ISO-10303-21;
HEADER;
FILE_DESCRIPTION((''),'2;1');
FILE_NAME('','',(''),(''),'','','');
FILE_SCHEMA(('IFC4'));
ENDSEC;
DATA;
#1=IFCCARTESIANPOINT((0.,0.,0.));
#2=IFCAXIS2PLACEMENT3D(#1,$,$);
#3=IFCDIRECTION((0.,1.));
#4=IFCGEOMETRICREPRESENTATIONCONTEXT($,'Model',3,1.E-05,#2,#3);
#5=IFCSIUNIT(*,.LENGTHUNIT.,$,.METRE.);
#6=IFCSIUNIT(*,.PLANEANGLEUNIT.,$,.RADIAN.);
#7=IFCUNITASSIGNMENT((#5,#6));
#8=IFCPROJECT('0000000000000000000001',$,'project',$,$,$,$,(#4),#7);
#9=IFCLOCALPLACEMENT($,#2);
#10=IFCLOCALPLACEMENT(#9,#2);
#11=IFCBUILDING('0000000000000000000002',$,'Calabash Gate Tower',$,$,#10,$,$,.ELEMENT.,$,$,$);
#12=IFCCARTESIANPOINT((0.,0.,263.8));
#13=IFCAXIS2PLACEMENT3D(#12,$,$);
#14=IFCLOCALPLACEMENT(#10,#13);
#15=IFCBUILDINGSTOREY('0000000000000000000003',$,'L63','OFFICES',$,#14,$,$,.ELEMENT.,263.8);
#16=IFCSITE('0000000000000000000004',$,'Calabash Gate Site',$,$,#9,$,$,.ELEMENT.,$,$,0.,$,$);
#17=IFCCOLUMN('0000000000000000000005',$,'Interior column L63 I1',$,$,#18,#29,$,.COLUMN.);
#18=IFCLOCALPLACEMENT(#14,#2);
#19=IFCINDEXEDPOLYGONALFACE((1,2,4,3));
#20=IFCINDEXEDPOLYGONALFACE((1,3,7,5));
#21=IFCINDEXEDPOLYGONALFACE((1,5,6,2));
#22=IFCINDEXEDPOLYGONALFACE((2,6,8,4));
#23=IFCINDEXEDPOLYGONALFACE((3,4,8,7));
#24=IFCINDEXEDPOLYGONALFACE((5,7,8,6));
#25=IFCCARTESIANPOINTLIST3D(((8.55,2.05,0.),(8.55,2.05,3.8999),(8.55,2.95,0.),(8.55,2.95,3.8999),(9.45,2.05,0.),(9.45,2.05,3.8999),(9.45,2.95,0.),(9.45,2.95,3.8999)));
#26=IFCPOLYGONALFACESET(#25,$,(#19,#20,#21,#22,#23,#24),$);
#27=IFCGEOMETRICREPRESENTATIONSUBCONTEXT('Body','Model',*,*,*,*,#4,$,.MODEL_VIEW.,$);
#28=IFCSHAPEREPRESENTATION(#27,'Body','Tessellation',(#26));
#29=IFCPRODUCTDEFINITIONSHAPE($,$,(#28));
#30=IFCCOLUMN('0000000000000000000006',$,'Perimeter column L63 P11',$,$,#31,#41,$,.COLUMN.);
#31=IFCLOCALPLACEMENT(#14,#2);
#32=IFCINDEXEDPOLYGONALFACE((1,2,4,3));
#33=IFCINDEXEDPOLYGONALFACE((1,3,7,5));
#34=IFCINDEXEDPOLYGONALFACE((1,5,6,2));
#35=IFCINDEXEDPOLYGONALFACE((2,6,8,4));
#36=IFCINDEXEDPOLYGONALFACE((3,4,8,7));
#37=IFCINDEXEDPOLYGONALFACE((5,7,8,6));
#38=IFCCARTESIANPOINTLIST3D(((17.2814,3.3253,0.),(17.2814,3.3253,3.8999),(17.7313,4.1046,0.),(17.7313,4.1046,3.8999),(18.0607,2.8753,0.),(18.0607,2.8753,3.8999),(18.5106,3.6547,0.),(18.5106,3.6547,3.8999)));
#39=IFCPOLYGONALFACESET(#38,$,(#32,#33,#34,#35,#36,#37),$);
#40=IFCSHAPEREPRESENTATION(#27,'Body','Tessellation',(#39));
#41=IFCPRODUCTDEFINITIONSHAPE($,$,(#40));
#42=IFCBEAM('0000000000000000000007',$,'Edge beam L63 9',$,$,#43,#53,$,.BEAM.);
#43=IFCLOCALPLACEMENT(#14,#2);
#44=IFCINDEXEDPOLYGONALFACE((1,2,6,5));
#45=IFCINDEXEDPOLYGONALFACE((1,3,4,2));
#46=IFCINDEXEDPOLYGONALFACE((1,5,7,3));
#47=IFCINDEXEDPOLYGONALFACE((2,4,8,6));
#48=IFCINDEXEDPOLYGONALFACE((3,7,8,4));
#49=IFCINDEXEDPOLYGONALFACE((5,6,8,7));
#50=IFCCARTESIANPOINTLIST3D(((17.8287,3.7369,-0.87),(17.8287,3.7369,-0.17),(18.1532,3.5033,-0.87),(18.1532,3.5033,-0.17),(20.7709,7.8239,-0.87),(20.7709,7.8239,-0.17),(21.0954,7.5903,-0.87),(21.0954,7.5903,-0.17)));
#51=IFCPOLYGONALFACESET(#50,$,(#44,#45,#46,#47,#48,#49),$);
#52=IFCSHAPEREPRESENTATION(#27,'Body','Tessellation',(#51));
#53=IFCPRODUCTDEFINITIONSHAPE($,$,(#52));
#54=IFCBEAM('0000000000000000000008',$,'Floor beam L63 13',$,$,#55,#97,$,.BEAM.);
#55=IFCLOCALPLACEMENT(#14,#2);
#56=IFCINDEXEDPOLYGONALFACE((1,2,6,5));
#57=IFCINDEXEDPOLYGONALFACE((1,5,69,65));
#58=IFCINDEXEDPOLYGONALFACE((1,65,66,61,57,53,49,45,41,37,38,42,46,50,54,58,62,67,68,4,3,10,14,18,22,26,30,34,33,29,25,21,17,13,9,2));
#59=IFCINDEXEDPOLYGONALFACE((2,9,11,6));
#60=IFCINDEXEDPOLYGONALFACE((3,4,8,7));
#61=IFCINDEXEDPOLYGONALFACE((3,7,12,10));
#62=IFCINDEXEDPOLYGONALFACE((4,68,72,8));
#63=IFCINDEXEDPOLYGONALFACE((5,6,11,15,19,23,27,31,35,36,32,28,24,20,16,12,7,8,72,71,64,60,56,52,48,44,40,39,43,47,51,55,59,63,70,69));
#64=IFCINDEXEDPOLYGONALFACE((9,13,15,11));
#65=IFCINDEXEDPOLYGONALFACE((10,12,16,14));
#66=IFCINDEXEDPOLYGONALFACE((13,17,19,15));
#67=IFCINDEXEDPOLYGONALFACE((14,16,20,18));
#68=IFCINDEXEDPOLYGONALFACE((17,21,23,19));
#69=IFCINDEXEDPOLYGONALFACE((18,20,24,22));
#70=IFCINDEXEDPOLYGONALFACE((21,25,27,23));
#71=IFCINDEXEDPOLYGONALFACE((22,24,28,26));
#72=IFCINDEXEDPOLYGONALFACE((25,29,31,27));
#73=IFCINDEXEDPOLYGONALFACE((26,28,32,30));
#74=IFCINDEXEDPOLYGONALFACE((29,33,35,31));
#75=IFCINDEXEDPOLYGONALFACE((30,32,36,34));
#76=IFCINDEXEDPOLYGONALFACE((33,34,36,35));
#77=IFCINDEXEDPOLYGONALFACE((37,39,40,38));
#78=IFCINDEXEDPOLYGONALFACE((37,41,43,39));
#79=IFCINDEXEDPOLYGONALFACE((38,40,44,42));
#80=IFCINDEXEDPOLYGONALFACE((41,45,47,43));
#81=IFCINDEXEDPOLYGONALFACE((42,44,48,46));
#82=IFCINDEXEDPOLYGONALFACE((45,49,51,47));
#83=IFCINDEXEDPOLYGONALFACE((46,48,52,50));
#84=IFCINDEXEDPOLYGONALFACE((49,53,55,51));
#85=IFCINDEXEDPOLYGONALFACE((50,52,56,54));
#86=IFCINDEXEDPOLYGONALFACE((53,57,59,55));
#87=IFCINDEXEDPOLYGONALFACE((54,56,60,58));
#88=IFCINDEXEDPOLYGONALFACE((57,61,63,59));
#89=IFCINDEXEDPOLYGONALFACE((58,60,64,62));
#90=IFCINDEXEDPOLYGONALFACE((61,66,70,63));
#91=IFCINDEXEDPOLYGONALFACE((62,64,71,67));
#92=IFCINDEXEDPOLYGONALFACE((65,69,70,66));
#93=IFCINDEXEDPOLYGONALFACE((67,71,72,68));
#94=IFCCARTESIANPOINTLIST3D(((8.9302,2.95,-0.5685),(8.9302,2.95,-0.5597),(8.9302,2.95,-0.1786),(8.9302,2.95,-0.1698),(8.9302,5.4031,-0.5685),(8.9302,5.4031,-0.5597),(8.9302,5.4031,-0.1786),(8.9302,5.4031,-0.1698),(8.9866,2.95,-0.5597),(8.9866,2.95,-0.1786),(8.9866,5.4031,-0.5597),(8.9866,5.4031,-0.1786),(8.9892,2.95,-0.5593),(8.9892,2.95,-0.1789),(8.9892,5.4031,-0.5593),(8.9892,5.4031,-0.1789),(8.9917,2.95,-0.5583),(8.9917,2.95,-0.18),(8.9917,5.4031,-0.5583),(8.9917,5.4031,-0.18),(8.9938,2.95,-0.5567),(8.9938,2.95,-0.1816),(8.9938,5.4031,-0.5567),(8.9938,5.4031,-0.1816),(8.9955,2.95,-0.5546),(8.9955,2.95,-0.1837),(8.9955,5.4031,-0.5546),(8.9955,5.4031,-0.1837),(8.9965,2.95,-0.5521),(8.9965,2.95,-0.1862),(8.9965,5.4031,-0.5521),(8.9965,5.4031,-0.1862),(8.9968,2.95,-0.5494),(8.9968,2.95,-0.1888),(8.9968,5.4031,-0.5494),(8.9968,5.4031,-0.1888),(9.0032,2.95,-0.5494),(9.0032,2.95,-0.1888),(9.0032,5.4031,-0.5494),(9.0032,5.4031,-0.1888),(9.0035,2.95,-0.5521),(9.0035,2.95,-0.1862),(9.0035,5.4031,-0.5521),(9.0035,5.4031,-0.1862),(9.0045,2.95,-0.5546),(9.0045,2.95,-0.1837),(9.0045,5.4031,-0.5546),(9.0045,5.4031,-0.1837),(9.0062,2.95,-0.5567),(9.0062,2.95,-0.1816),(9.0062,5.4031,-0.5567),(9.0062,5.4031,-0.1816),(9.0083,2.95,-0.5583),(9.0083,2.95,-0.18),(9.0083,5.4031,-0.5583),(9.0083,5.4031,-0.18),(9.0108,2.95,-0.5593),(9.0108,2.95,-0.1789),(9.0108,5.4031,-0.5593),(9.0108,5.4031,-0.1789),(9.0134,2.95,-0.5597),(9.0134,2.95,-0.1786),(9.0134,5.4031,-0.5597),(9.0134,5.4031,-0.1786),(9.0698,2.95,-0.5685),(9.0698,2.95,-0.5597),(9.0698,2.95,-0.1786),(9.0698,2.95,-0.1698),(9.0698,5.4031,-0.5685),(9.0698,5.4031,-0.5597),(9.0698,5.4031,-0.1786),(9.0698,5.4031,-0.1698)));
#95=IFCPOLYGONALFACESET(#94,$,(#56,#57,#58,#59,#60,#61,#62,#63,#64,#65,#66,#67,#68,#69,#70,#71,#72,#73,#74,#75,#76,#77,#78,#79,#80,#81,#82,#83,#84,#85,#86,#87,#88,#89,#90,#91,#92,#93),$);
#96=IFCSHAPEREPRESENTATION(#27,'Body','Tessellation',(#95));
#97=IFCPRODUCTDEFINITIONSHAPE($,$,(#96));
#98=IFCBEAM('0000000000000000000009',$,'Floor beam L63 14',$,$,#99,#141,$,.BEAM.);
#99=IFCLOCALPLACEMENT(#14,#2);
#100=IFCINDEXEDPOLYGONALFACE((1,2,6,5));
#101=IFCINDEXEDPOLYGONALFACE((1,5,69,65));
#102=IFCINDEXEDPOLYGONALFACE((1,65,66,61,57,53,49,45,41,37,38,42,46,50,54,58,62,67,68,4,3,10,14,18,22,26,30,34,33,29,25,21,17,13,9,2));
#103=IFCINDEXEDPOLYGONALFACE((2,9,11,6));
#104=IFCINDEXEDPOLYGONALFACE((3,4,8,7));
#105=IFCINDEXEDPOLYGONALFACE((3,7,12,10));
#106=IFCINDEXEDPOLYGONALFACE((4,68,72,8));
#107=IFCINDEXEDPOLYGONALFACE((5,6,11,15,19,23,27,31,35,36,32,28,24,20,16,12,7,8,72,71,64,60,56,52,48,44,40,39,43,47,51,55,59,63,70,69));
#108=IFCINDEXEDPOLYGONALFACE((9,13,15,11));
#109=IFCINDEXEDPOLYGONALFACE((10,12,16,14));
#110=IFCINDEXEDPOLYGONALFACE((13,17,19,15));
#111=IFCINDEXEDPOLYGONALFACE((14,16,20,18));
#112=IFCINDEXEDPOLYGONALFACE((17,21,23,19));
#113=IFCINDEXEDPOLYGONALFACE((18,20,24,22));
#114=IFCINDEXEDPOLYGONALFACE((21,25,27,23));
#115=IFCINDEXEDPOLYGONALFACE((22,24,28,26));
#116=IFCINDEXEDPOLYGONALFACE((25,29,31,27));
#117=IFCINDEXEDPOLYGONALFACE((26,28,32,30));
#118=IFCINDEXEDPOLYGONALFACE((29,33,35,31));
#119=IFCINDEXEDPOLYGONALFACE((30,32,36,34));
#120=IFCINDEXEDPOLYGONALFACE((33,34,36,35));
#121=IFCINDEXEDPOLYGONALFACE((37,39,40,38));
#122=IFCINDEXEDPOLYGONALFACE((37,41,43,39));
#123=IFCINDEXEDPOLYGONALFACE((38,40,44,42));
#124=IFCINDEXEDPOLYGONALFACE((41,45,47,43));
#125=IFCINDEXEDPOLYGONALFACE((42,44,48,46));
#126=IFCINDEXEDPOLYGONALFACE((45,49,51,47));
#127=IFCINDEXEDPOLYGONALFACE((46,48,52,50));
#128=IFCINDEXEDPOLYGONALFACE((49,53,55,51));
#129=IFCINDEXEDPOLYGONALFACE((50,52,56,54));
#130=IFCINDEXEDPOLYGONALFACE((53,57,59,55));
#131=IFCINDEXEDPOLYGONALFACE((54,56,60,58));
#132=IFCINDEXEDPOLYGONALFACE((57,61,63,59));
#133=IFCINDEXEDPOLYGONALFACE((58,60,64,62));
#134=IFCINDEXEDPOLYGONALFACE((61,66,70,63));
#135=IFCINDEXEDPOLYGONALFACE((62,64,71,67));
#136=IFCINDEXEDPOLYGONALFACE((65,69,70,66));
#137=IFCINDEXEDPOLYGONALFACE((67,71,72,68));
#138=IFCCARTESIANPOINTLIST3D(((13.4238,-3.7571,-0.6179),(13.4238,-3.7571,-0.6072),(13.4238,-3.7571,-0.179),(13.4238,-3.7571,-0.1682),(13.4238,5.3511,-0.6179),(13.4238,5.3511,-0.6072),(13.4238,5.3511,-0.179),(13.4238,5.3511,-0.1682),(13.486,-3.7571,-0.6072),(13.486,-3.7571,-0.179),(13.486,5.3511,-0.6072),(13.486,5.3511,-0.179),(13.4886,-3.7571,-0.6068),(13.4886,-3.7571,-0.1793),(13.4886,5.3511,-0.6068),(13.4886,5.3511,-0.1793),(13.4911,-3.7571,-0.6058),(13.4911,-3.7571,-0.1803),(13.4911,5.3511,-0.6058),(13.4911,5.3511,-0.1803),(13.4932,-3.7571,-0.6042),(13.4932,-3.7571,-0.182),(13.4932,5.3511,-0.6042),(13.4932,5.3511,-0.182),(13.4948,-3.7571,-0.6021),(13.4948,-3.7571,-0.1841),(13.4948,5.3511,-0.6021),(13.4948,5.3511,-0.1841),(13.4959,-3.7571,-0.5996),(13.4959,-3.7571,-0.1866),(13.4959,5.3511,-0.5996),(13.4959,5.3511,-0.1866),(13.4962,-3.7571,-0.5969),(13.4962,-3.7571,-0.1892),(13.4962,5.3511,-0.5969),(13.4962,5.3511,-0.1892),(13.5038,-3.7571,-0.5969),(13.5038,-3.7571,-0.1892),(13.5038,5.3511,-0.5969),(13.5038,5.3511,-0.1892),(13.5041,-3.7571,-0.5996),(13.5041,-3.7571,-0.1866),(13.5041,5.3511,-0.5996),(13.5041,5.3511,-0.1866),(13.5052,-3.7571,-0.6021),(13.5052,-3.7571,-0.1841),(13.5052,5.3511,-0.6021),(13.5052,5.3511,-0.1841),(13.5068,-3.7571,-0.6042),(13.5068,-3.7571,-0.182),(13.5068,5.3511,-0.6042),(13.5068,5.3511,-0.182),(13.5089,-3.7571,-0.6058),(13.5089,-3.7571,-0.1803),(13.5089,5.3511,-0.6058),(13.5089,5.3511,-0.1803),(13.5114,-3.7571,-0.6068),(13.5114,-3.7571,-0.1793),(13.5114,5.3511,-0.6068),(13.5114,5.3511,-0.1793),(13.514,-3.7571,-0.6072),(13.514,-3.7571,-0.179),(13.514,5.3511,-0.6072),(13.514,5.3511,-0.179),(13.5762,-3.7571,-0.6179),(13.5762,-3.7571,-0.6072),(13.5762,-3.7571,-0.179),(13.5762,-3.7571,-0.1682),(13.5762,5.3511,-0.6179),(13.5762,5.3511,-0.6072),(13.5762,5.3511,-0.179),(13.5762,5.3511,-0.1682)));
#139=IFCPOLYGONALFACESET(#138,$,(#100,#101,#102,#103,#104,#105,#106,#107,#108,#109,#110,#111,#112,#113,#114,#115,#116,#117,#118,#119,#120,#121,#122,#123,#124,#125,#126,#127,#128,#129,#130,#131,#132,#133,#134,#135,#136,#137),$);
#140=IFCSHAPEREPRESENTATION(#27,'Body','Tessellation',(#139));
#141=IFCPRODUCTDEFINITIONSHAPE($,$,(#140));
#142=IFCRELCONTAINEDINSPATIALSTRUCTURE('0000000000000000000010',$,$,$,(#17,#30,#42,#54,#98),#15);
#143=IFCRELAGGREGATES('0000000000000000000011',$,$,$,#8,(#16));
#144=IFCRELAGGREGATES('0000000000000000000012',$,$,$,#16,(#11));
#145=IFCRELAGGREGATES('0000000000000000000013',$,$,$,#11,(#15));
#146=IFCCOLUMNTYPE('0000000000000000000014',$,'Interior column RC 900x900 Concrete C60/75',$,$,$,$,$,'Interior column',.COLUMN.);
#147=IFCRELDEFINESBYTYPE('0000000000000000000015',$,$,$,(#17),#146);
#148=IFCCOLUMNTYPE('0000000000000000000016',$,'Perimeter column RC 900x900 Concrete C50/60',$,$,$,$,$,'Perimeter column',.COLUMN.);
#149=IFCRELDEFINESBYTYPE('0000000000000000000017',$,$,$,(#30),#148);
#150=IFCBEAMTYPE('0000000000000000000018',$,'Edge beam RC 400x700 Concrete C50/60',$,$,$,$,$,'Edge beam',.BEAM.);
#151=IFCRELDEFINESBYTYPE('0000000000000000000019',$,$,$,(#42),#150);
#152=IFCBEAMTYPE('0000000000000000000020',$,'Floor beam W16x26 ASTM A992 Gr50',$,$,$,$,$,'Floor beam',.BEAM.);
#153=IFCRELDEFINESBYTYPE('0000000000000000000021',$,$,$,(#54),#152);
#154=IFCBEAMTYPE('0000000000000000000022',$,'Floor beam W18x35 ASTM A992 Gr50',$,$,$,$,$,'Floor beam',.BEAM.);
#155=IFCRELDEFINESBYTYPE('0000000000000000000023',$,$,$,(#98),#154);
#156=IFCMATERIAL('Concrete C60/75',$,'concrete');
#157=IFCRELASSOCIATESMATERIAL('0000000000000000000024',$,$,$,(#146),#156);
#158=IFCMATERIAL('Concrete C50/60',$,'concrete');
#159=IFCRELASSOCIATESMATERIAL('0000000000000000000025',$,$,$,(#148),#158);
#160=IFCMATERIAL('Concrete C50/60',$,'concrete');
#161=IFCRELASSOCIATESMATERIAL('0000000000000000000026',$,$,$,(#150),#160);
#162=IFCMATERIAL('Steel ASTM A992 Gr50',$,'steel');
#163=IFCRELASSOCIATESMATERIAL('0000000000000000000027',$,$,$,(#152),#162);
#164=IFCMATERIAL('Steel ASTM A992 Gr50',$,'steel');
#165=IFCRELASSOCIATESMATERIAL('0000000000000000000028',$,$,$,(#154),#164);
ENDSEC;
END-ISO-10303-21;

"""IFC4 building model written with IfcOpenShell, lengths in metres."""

from ifc_helpers import new_model, si_unit, direction, frame, origin, origin_2d, place, context, subcontext, project, spatial, rectangle, i_section, extrude, material, material_profile, profile_set, type_object, element, save


model = new_model("IFC4")

# Units and contexts
model_context = context("Model", 3, precision=1e-05, world=origin(), true_north=direction((0.0, 1.0)))
body_context = subcontext(model_context, "Body", "Model", "MODEL_VIEW")
ifc_project = project(units=[si_unit("LENGTHUNIT", "METRE"), si_unit("PLANEANGLEUNIT", "RADIAN")], contexts=[model_context])

# Site, building, storey
site_placement = place(None, origin())
site = spatial("IfcSite", under=ifc_project, at=site_placement, Name="Calabash Gate Site", CompositionType="ELEMENT", RefElevation=0.0)
building_placement = place(site_placement, origin())
building = spatial("IfcBuilding", under=site, at=building_placement, Name="Calabash Gate Tower", CompositionType="ELEMENT")
storey_placement = place(building_placement, frame((0.0, 0.0, 263.8)))
storey = spatial("IfcBuildingStorey", under=building, at=storey_placement, Name="L63", Description="OFFICES", CompositionType="ELEMENT", Elevation=263.8)

# Columns
ifc_material_1 = material(Name="Concrete C60/75", Category="concrete")
ifc_material_profile_1 = material_profile(ifc_material_1, rectangle(XDim=0.8999, YDim=0.8999, at=origin_2d()))
ifc_profile_set_1 = profile_set([ifc_material_profile_1], Name="Concrete C60/75")
column_type_1 = type_object("IfcColumnType", Name="Interior column RC 900x900 Concrete C60/75", ElementType="Interior column", PredefinedType="COLUMN", material=ifc_profile_set_1)
column_1_placement = place(storey_placement, frame((9.0, 2.5, 0.0), z_axis=(0.0, 0.0, 1.0), x_axis=(1.0, 0.0, 0.0)))
element("IfcColumn", 1, at=column_1_placement, inside=storey, type_object=column_type_1, Name="Interior column L63 I1", PredefinedType="COLUMN", context=body_context, shape_type="SweptSolid", body=[
    extrude(rectangle(XDim=0.8999, YDim=0.8999, at=origin_2d()), origin(), (0.0, 0.0, 1.0), 3.8999),
])
ifc_material_2 = material(Name="Concrete C50/60", Category="concrete")
ifc_material_profile_2 = material_profile(ifc_material_2, rectangle(XDim=0.8999, YDim=0.8999, at=origin_2d()))
ifc_profile_set_2 = profile_set([ifc_material_profile_2], Name="Concrete C50/60")
column_type_2 = type_object("IfcColumnType", Name="Perimeter column RC 900x900 Concrete C50/60", ElementType="Perimeter column", PredefinedType="COLUMN", material=ifc_profile_set_2)
column_2_placement = place(storey_placement, frame((17.896, 3.49, 0.0), z_axis=(0.0, 0.0, 1.0), x_axis=(0.5, 0.866025, 0.0)))
element("IfcColumn", 2, at=column_2_placement, inside=storey, type_object=column_type_2, Name="Perimeter column L63 P11", PredefinedType="COLUMN", context=body_context, shape_type="SweptSolid", body=[
    extrude(rectangle(XDim=0.8999, YDim=0.8999, at=origin_2d()), origin(), (0.0, 0.0, 1.0), 3.8999),
])

# Beams
ifc_material_3 = material(Name="Concrete C50/60", Category="concrete")
ifc_material_profile_3 = material_profile(ifc_material_3, rectangle(XDim=0.3999, YDim=0.7, at=origin_2d()))
ifc_profile_set_3 = profile_set([ifc_material_profile_3], Name="Concrete C50/60")
beam_type_1 = type_object("IfcBeamType", Name="Edge beam RC 400x700 Concrete C50/60", ElementType="Edge beam", PredefinedType="BEAM", material=ifc_profile_set_3)
beam_1_placement = place(storey_placement, frame((17.991, 3.6201, -0.52), z_axis=(0.584247, 0.811576, 0.0), x_axis=(-0.811576, 0.584247, 0.0)))
element("IfcBeam", 3, at=beam_1_placement, inside=storey, type_object=beam_type_1, Name="Edge beam L63 9", PredefinedType="BEAM", context=body_context, shape_type="SweptSolid", body=[
    extrude(rectangle(XDim=0.3999, YDim=0.7, at=origin_2d()), origin(), (0.0, 0.0, 1.0), 5.0359),
])
ifc_material_4 = material(Name="Steel ASTM A992 Gr50", Category="steel")
ifc_material_profile_4 = material_profile(ifc_material_4, i_section(OverallWidth=0.1396, OverallDepth=0.3987, WebThickness=0.0063, FlangeThickness=0.0088, FilletRadius=0.0103, at=origin_2d()))
ifc_profile_set_4 = profile_set([ifc_material_profile_4], Name="Steel ASTM A992 Gr50")
beam_type_2 = type_object("IfcBeamType", Name="Floor beam W16x26 ASTM A992 Gr50", ElementType="Floor beam", PredefinedType="BEAM", material=ifc_profile_set_4)
beam_2_placement = place(storey_placement, frame((9.0, 2.95, -0.3691), z_axis=(0.0, 1.0, 0.0), x_axis=(-1.0, 0.0, 0.0)))
element("IfcBeam", 4, at=beam_2_placement, inside=storey, type_object=beam_type_2, Name="Floor beam L63 13", PredefinedType="BEAM", context=body_context, shape_type="SweptSolid", body=[
    extrude(i_section(OverallWidth=0.1396, OverallDepth=0.3987, WebThickness=0.0063, FlangeThickness=0.0088, FilletRadius=0.0103, at=origin_2d()), origin(), (0.0, 0.0, 1.0), 2.4531),
])
ifc_material_5 = material(Name="Steel ASTM A992 Gr50", Category="steel")
ifc_material_profile_5 = material_profile(ifc_material_5, i_section(OverallWidth=0.1523, OverallDepth=0.4497, WebThickness=0.0076, FlangeThickness=0.0107, FilletRadius=0.0103, at=origin_2d()))
ifc_profile_set_5 = profile_set([ifc_material_profile_5], Name="Steel ASTM A992 Gr50")
beam_type_3 = type_object("IfcBeamType", Name="Floor beam W18x35 ASTM A992 Gr50", ElementType="Floor beam", PredefinedType="BEAM", material=ifc_profile_set_5)
beam_3_placement = place(storey_placement, frame((13.5, -3.7571, -0.3931), z_axis=(0.0, 1.0, 0.0), x_axis=(-1.0, 0.0, 0.0)))
element("IfcBeam", 5, at=beam_3_placement, inside=storey, type_object=beam_type_3, Name="Floor beam L63 14", PredefinedType="BEAM", context=body_context, shape_type="SweptSolid", body=[
    extrude(i_section(OverallWidth=0.1523, OverallDepth=0.4497, WebThickness=0.0076, FlangeThickness=0.0107, FilletRadius=0.0103, at=origin_2d()), origin(), (0.0, 0.0, 1.0), 9.1082),
])

save(model, "model.ifc")
